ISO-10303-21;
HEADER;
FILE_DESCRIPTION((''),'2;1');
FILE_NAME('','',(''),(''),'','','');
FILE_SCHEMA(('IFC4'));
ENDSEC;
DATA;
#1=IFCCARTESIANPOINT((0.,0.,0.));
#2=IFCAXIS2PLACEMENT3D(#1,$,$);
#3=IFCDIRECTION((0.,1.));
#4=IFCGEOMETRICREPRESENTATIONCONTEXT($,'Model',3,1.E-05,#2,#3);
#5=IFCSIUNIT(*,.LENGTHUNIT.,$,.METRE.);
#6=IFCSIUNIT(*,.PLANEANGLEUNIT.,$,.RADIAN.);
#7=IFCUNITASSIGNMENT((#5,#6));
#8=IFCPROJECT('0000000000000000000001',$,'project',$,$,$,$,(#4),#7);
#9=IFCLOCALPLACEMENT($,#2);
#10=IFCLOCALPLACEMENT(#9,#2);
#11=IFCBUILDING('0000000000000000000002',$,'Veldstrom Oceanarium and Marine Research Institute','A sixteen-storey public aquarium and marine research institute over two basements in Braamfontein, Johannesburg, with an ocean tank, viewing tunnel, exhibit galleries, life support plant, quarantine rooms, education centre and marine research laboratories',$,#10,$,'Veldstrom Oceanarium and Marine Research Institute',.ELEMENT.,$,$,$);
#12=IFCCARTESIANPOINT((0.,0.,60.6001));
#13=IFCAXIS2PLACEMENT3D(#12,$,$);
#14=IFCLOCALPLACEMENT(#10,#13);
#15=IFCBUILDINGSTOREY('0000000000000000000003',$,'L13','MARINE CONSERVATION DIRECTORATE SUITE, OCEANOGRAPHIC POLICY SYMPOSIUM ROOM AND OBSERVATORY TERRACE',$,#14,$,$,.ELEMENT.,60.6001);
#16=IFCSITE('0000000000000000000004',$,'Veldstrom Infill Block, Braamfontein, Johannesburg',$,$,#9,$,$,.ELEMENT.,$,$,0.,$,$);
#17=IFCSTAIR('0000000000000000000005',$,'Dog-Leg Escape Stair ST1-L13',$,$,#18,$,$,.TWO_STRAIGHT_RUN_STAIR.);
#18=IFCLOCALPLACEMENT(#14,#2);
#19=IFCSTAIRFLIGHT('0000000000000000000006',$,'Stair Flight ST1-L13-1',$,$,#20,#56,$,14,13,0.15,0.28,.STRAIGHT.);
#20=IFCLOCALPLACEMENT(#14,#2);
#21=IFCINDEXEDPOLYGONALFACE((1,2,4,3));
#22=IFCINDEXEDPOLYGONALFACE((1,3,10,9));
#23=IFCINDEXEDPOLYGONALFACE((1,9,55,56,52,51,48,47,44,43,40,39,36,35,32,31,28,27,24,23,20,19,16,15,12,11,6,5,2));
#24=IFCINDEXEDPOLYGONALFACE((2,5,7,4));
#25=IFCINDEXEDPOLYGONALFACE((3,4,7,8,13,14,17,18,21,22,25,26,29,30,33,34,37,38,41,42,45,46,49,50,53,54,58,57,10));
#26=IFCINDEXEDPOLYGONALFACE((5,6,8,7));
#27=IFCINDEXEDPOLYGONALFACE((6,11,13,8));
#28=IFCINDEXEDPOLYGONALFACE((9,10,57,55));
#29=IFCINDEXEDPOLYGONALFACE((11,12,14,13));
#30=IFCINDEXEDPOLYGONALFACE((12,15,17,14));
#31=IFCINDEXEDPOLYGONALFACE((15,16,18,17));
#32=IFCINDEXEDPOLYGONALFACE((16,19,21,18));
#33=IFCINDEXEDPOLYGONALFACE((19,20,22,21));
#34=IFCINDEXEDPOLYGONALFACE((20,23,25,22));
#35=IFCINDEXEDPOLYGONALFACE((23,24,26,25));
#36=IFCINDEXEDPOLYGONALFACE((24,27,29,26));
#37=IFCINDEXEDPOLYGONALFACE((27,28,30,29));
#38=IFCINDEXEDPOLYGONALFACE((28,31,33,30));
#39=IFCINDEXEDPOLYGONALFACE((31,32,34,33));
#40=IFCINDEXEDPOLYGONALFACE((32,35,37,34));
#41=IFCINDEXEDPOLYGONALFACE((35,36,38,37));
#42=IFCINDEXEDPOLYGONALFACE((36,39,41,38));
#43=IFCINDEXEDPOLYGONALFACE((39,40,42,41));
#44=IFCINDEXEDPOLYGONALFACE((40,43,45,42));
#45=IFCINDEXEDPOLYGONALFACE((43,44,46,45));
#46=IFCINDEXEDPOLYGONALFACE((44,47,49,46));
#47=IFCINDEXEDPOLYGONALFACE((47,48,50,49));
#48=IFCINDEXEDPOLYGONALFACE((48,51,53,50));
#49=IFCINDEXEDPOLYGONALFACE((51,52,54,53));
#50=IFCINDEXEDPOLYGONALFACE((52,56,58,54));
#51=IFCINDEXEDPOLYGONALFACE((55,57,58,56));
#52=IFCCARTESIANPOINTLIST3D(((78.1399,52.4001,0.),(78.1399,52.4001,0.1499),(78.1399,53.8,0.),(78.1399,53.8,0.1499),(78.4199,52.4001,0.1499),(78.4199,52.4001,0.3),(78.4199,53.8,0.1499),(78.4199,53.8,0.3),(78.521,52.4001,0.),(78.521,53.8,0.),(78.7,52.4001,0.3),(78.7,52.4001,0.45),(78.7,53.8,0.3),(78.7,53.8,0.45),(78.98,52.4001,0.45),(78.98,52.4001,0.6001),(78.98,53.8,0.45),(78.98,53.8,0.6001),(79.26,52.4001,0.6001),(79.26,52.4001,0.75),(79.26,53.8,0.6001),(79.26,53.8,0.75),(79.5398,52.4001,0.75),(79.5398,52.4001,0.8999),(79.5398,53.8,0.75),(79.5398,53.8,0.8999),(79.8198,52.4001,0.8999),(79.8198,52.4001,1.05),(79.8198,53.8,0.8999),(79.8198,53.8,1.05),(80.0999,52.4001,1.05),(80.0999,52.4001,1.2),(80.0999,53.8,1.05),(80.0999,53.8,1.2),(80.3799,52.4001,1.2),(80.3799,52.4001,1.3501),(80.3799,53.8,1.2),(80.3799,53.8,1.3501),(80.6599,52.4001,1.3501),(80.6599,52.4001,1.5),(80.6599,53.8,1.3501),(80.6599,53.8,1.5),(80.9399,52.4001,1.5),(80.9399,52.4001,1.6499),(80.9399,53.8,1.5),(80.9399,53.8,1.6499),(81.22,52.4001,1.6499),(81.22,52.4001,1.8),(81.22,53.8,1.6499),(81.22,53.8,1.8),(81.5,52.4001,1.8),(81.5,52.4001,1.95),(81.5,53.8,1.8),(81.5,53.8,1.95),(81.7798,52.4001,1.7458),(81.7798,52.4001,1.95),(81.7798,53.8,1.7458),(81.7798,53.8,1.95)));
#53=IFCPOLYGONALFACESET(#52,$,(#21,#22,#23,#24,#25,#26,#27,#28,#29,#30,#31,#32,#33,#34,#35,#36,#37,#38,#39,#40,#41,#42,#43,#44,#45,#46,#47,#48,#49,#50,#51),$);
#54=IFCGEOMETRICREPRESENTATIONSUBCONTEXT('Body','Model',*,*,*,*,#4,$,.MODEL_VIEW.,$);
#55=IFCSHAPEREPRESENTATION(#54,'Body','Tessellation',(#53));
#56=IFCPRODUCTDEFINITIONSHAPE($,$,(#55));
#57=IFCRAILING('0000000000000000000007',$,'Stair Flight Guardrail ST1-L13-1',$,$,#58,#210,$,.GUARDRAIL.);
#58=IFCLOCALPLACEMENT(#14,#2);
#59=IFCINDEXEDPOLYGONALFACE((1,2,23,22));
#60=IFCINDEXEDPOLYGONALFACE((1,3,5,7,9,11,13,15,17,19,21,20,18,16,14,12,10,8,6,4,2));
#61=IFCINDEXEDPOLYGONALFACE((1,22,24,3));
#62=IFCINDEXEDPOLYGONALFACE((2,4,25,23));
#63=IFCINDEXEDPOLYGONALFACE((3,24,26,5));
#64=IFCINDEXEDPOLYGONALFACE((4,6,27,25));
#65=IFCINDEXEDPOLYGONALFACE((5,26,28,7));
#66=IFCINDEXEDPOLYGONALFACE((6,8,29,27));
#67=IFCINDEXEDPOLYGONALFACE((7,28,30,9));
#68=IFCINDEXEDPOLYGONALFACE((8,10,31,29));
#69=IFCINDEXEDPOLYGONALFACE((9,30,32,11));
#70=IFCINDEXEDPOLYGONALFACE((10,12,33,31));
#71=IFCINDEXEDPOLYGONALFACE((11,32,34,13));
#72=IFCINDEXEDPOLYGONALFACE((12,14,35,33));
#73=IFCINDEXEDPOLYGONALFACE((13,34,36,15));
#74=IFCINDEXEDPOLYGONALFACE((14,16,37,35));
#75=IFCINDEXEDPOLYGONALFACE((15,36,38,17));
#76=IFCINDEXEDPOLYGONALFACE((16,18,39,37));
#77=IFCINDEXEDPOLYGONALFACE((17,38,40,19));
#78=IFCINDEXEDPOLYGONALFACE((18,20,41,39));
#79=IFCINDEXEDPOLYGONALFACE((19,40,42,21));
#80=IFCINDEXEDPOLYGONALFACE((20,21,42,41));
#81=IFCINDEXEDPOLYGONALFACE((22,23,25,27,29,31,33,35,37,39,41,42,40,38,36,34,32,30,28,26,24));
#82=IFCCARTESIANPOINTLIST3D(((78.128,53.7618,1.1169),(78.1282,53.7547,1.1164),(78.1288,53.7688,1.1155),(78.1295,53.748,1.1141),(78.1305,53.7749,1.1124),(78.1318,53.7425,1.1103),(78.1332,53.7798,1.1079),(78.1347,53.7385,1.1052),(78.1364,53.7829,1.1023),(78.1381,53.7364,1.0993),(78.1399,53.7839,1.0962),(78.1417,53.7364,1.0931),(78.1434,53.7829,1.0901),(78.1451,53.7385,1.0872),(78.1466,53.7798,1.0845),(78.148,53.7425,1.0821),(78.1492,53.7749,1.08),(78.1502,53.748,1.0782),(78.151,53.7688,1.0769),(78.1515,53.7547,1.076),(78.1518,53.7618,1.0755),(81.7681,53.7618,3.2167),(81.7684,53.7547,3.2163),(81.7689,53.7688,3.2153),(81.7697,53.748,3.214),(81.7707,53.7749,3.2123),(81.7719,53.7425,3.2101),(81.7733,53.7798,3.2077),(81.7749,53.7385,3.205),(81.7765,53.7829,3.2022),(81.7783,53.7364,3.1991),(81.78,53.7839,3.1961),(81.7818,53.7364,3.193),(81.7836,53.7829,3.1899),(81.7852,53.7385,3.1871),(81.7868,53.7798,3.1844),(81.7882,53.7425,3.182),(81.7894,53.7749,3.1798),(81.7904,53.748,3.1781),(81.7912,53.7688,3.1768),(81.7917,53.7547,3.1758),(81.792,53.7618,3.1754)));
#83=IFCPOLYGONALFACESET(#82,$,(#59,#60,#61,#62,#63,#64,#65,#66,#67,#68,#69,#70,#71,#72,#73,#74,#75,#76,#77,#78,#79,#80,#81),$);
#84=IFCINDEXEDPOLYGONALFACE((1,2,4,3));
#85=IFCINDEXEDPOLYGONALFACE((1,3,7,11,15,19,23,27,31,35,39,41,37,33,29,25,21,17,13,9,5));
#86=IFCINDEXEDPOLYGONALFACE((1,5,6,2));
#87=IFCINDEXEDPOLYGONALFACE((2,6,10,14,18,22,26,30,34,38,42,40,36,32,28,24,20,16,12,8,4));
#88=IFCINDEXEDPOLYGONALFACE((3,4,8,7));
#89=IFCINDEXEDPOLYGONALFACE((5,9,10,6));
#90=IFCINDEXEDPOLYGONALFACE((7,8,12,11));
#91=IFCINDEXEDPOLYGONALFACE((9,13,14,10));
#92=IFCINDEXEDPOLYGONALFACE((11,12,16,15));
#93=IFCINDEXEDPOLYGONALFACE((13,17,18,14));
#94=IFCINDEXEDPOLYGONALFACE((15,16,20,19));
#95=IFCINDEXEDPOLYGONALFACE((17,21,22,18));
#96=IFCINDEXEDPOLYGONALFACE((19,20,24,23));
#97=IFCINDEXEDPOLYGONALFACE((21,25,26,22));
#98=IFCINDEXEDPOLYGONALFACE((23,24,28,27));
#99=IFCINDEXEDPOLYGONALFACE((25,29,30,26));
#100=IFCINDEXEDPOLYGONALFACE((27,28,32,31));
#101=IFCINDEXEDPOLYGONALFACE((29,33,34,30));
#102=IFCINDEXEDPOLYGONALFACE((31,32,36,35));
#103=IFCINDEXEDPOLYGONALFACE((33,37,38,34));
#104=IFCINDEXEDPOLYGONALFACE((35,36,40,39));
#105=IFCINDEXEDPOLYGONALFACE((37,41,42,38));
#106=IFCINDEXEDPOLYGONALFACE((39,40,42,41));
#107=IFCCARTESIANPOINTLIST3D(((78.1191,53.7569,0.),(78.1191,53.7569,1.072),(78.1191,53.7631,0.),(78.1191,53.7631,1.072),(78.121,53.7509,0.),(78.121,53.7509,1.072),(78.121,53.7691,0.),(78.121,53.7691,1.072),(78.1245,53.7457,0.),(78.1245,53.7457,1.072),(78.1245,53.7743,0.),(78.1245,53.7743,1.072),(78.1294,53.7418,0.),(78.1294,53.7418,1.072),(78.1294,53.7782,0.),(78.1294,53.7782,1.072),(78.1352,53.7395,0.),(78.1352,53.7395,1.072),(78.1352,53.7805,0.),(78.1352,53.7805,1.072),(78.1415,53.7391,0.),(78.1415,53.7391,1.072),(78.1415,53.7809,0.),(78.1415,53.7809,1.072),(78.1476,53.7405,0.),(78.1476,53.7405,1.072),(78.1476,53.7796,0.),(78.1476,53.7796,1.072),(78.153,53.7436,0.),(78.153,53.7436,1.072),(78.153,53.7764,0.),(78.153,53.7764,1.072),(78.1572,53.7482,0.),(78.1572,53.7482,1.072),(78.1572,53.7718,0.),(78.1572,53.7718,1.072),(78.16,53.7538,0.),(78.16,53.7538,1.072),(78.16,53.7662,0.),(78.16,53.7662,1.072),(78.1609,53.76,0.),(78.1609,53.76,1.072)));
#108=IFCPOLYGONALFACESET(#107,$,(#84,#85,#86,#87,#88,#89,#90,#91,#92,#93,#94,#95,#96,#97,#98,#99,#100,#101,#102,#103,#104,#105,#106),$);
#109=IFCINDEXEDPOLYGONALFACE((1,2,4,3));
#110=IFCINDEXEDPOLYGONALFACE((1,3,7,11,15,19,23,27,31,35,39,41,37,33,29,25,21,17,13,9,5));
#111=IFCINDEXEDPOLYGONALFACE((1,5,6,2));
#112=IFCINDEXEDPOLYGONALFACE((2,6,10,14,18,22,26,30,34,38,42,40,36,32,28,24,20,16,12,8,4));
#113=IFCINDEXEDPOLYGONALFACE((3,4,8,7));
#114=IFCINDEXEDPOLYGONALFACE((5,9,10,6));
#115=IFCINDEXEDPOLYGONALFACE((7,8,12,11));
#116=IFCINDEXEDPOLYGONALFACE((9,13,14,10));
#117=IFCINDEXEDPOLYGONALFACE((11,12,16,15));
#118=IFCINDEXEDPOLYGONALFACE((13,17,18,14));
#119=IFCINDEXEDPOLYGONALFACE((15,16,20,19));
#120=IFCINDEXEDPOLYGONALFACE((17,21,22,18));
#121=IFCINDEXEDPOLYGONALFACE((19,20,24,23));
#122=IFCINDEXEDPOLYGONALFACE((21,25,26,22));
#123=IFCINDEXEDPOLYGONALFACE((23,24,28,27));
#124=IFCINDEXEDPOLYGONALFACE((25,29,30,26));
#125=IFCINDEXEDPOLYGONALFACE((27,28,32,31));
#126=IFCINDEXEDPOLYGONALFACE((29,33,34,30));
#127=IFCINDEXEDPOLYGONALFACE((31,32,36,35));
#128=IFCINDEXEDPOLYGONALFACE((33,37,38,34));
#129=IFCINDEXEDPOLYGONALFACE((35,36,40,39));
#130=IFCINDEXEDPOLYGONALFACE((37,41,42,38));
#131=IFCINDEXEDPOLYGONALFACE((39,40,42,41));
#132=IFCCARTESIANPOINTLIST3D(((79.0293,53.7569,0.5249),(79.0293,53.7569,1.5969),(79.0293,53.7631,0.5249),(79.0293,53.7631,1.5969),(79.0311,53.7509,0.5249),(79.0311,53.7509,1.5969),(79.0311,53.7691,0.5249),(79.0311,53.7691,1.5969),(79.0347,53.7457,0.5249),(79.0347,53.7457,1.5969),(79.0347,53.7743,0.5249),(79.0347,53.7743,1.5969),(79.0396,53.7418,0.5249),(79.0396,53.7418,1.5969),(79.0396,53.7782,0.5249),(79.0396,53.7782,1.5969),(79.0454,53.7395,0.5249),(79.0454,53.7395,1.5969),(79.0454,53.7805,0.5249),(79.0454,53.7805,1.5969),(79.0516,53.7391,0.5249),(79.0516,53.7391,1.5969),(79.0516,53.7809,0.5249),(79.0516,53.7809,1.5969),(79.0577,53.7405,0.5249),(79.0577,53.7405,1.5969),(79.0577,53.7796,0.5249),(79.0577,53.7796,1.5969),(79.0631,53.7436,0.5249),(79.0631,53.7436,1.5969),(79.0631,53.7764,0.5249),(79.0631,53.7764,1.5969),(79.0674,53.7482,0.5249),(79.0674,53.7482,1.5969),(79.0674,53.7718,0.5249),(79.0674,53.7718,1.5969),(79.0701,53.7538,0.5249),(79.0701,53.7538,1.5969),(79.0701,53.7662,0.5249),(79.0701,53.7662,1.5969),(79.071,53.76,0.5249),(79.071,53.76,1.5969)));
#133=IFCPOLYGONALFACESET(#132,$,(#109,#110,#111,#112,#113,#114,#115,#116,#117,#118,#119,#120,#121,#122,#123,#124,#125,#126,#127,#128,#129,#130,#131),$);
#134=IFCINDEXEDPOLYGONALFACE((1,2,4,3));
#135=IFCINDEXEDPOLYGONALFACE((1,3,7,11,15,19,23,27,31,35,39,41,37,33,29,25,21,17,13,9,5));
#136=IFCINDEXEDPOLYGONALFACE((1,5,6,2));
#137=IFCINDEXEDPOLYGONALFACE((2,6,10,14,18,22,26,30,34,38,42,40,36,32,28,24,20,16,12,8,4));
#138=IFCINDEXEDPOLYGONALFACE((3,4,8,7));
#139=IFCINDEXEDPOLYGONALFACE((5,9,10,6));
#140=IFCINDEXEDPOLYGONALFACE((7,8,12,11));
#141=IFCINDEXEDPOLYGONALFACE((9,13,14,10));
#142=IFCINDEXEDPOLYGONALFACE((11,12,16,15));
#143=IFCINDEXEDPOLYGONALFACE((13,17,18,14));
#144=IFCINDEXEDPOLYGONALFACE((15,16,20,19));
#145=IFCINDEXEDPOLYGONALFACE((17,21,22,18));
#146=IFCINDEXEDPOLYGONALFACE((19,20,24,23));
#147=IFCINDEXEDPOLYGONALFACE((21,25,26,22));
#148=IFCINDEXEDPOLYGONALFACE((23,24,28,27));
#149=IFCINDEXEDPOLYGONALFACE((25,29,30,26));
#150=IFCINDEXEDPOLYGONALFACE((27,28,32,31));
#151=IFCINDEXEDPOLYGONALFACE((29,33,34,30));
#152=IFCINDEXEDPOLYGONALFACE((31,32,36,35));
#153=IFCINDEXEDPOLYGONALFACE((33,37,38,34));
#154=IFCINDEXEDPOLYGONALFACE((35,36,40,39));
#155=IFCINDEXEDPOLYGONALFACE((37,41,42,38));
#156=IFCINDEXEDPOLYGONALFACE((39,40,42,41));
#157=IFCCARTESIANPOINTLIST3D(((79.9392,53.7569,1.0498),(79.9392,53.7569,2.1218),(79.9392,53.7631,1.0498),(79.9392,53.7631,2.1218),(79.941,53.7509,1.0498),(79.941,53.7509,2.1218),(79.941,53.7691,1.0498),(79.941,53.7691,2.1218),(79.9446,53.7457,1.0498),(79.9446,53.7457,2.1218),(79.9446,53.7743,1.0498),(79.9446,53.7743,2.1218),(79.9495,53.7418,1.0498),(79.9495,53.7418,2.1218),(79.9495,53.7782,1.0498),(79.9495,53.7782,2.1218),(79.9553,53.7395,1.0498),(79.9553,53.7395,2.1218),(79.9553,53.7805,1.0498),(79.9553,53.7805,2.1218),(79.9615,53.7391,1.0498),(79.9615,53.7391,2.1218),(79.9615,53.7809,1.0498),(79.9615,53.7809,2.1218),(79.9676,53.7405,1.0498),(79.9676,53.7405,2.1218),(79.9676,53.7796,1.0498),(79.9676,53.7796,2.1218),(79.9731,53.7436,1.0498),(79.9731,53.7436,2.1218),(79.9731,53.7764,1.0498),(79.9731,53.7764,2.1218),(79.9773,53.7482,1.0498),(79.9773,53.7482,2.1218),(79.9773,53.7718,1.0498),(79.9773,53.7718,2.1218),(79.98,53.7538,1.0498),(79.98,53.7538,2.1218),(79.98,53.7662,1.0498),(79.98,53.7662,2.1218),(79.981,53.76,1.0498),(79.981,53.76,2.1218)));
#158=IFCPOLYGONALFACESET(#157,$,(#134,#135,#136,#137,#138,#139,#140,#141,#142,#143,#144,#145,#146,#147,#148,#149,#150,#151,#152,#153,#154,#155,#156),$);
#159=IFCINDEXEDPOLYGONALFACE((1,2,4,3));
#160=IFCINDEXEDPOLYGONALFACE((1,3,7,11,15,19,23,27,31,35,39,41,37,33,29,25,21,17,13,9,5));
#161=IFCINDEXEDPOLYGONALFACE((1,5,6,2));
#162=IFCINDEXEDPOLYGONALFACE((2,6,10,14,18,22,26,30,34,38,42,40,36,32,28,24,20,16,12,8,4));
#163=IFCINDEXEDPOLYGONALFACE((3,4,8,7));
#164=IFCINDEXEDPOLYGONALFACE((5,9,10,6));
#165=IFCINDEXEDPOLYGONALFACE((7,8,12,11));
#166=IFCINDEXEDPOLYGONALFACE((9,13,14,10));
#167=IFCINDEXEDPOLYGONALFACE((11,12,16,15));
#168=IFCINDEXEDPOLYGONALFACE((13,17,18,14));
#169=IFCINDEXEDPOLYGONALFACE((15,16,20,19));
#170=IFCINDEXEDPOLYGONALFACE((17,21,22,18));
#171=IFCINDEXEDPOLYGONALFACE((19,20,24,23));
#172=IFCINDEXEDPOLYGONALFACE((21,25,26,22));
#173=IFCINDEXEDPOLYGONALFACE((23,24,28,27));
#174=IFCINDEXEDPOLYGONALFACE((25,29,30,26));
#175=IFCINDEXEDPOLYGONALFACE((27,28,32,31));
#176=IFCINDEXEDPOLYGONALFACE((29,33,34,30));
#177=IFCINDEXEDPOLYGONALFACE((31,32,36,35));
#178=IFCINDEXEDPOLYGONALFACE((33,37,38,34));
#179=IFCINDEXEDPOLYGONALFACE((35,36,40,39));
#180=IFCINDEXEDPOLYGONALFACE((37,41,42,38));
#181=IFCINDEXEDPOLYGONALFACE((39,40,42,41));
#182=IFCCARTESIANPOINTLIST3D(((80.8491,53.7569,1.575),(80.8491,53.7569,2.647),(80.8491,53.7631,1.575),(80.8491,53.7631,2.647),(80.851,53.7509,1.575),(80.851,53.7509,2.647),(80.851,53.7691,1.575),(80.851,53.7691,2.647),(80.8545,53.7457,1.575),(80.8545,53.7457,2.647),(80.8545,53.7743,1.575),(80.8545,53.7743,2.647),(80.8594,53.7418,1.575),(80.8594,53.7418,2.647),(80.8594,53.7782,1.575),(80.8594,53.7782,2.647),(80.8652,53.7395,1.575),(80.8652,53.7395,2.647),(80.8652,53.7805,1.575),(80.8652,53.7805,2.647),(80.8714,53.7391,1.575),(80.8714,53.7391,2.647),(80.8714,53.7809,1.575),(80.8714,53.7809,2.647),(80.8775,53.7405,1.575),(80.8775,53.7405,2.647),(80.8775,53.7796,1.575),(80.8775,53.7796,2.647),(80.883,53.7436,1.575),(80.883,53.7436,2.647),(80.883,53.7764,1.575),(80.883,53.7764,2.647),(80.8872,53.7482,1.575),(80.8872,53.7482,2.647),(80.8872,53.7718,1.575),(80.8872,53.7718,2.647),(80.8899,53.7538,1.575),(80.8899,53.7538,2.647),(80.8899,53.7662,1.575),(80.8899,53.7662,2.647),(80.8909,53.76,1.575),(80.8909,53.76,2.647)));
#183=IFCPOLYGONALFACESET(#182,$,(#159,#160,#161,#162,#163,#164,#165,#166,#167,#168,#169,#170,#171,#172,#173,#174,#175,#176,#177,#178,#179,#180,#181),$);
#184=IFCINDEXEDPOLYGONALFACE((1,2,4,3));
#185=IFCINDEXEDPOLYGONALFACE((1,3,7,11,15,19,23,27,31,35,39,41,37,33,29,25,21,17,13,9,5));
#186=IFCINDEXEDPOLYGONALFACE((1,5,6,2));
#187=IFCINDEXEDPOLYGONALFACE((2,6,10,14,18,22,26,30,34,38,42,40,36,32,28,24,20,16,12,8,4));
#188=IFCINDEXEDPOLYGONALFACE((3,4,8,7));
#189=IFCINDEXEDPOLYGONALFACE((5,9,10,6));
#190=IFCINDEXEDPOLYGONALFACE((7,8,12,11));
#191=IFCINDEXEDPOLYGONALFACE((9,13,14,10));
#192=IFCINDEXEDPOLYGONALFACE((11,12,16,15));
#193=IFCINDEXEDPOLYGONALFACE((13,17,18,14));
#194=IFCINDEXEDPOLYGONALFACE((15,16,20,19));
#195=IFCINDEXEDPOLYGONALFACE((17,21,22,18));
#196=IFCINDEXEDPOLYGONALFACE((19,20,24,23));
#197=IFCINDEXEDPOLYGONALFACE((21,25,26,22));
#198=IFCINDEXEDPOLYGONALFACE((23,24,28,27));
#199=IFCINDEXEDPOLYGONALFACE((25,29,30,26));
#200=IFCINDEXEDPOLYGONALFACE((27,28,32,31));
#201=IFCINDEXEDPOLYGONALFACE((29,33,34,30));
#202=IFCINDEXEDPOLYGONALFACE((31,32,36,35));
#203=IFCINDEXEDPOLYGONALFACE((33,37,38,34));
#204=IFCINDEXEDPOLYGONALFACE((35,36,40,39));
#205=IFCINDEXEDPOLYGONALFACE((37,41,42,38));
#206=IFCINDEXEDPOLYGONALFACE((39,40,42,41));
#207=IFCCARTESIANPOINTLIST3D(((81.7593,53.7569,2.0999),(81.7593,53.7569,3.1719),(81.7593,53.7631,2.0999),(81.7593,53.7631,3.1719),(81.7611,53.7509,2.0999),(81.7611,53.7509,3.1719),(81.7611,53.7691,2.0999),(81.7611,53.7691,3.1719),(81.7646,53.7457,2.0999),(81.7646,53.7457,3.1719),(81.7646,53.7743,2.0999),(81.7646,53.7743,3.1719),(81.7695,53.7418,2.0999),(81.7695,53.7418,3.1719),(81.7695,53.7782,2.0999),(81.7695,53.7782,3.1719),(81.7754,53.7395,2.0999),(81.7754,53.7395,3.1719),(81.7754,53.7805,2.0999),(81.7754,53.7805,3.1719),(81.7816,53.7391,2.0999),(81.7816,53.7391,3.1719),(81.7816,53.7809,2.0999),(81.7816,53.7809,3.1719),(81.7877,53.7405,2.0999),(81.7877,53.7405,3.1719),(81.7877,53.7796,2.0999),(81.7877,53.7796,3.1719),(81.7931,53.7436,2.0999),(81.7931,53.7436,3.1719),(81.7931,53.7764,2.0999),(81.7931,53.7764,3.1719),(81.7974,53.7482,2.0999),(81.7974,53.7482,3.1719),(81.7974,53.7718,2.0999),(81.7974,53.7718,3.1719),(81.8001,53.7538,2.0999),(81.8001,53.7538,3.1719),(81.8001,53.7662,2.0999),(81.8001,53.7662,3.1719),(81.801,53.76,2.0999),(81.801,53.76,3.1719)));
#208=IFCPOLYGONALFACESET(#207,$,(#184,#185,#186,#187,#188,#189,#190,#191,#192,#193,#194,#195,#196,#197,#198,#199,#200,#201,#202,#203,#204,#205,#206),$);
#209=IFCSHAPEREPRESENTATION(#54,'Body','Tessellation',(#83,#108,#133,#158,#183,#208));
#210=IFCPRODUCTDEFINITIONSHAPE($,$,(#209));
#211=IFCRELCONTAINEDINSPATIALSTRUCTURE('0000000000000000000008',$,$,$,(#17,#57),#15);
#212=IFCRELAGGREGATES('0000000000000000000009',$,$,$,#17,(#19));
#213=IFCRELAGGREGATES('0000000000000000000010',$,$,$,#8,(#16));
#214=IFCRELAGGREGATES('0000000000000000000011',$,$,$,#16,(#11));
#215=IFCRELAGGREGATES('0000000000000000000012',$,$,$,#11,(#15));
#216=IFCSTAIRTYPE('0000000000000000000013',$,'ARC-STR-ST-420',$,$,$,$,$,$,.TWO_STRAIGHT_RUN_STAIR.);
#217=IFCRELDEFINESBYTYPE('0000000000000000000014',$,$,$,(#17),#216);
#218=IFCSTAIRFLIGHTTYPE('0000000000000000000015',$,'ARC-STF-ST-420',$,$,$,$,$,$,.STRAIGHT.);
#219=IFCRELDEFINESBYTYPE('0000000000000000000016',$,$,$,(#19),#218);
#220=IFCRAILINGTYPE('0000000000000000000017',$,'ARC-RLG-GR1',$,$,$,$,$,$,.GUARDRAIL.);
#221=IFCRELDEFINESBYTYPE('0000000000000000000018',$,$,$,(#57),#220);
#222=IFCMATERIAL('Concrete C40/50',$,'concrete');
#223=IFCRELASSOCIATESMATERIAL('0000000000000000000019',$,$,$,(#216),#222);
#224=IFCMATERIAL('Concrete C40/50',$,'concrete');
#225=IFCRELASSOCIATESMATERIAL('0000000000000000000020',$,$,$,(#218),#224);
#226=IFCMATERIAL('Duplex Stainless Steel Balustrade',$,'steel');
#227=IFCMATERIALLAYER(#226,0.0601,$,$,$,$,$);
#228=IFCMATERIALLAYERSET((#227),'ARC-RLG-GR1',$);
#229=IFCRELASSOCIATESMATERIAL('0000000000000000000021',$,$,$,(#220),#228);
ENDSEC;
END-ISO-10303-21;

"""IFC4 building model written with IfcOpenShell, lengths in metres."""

from ifc_helpers import new_model, si_unit, direction, frame, origin, origin_2d, place, context, subcontext, project, spatial, polyline, circle, outline, extrude, material, layer, layer_set, type_object, element, aggregate, save


model = new_model("IFC4")

# Units and contexts
model_context = context("Model", 3, precision=1e-05, world=origin(), true_north=direction((0.0, 1.0)))
body_context = subcontext(model_context, "Body", "Model", "MODEL_VIEW")
ifc_project = project(units=[si_unit("LENGTHUNIT", "METRE"), si_unit("PLANEANGLEUNIT", "RADIAN")], contexts=[model_context])

# Site, building, storey
site_placement = place(None, origin())
site = spatial("IfcSite", under=ifc_project, at=site_placement, Name="Veldstrom Infill Block, Braamfontein, Johannesburg", CompositionType="ELEMENT", RefElevation=0.0)
building_placement = place(site_placement, origin())
building = spatial("IfcBuilding", under=site, at=building_placement, Name="Veldstrom Oceanarium and Marine Research Institute", Description="A sixteen-storey public aquarium and marine research institute over two basements in Braamfontein, Johannesburg, with an ocean tank, viewing tunnel, exhibit galleries, life support plant, quarantine rooms, education centre and marine research laboratories", LongName="Veldstrom Oceanarium and Marine Research Institute", CompositionType="ELEMENT")
storey_placement = place(building_placement, frame((0.0, 0.0, 60.6001)))
storey = spatial("IfcBuildingStorey", under=building, at=storey_placement, Name="L13", Description="MARINE CONSERVATION DIRECTORATE SUITE, OCEANOGRAPHIC POLICY SYMPOSIUM ROOM AND OBSERVATORY TERRACE", CompositionType="ELEMENT", Elevation=60.6001)

# Stair, stair flight
ifc_material_1 = material(Name="Concrete C40/50", Category="concrete")
stair_type = type_object("IfcStairType", Name="ARC-STR-ST-420", PredefinedType="TWO_STRAIGHT_RUN_STAIR", material=ifc_material_1)
stair_placement = place(storey_placement, origin())
stair = element("IfcStair", 1, at=stair_placement, inside=storey, type_object=stair_type, Name="Dog-Leg Escape Stair ST1-L13", PredefinedType="TWO_STRAIGHT_RUN_STAIR")
ifc_material_2 = material(Name="Concrete C40/50", Category="concrete")
stair_flight_type = type_object("IfcStairFlightType", Name="ARC-STF-ST-420", PredefinedType="STRAIGHT", material=ifc_material_2)
stair_flight_placement = place(storey_placement, frame((78.1399, 53.1001, 0.0), z_axis=(0.0, 0.0, 1.0), x_axis=(1.0, 0.0, 0.0)))
stair_flight = element("IfcStairFlight", 2, at=stair_flight_placement, type_object=stair_flight_type, Name="Stair Flight ST1-L13-1", NumberOfRisers=14, NumberOfTreads=13, PredefinedType="STRAIGHT", RiserHeight=0.15, TreadLength=0.28, context=body_context, shape_type="SweptSolid", body=[
    extrude(outline(polyline([(0.0, 0.0), (0.0, 0.1499), (0.28, 0.1499), (0.28, 0.3), (0.5601, 0.3), (0.5601, 0.45), (0.8401, 0.45), (0.8401, 0.6001), (1.1201, 0.6001), (1.1201, 0.75), (1.3999, 0.75), (1.3999, 0.8999), (1.6799, 0.8999), (1.6799, 1.05), (1.96, 1.05), (1.96, 1.2), (2.24, 1.2), (2.24, 1.3501), (2.52, 1.3501), (2.52, 1.5), (2.8, 1.5), (2.8, 1.6499), (3.0801, 1.6499), (3.0801, 1.8), (3.3601, 1.8), (3.3601, 1.95), (3.6399, 1.95), (3.6399, 2.1001), (3.6399, 1.7458), (0.3811, 0.0), (0.0, 0.0)])), frame((0.0, 0.7, 0.0), z_axis=(0.0, -1.0, 0.0), x_axis=(1.0, 0.0, 0.0)), (0.0, 0.0, 1.0), 1.3999),
])
aggregate(stair, [stair_flight])

# Railing
ifc_material_3 = material(Name="Duplex Stainless Steel Balustrade", Category="steel")
ifc_layer_1 = layer(ifc_material_3, 0.0601)
ifc_layer_set_1 = layer_set([ifc_layer_1], Name="ARC-RLG-GR1")
railing_type_1 = type_object("IfcRailingType", Name="ARC-RLG-GR1", PredefinedType="GUARDRAIL", material=ifc_layer_set_1)
railing_1_placement = place(storey_placement, frame((78.1399, 53.76, 0.0)))
element("IfcRailing", 3, at=railing_1_placement, inside=storey, type_object=railing_type_1, Name="Stair Flight Guardrail ST1-L13-1", PredefinedType="GUARDRAIL", context=body_context, shape_type="SweptSolid", body=[
    extrude(circle(Radius=0.0239, at=origin_2d()), frame((0.0, 0.0, 1.0962), z_axis=(0.866209, 0.0, 0.499682), x_axis=(0.0, 1.0, 0.0)), (0.0, 0.0, 1.0), 4.2024),
    extrude(circle(Radius=0.021, at=origin_2d()), origin(), (0.0, 0.0, 1.0), 1.072),
    extrude(circle(Radius=0.021, at=origin_2d()), frame((0.9102, 0.0, 0.5249)), (0.0, 0.0, 1.0), 1.072),
    extrude(circle(Radius=0.021, at=origin_2d()), frame((1.8201, 0.0, 1.0498)), (0.0, 0.0, 1.0), 1.072),
    extrude(circle(Radius=0.021, at=origin_2d()), frame((2.73, 0.0, 1.575)), (0.0, 0.0, 1.0), 1.072),
    extrude(circle(Radius=0.021, at=origin_2d()), frame((3.6401, 0.0, 2.0999)), (0.0, 0.0, 1.0), 1.072),
])

save(model, "model.ifc")
